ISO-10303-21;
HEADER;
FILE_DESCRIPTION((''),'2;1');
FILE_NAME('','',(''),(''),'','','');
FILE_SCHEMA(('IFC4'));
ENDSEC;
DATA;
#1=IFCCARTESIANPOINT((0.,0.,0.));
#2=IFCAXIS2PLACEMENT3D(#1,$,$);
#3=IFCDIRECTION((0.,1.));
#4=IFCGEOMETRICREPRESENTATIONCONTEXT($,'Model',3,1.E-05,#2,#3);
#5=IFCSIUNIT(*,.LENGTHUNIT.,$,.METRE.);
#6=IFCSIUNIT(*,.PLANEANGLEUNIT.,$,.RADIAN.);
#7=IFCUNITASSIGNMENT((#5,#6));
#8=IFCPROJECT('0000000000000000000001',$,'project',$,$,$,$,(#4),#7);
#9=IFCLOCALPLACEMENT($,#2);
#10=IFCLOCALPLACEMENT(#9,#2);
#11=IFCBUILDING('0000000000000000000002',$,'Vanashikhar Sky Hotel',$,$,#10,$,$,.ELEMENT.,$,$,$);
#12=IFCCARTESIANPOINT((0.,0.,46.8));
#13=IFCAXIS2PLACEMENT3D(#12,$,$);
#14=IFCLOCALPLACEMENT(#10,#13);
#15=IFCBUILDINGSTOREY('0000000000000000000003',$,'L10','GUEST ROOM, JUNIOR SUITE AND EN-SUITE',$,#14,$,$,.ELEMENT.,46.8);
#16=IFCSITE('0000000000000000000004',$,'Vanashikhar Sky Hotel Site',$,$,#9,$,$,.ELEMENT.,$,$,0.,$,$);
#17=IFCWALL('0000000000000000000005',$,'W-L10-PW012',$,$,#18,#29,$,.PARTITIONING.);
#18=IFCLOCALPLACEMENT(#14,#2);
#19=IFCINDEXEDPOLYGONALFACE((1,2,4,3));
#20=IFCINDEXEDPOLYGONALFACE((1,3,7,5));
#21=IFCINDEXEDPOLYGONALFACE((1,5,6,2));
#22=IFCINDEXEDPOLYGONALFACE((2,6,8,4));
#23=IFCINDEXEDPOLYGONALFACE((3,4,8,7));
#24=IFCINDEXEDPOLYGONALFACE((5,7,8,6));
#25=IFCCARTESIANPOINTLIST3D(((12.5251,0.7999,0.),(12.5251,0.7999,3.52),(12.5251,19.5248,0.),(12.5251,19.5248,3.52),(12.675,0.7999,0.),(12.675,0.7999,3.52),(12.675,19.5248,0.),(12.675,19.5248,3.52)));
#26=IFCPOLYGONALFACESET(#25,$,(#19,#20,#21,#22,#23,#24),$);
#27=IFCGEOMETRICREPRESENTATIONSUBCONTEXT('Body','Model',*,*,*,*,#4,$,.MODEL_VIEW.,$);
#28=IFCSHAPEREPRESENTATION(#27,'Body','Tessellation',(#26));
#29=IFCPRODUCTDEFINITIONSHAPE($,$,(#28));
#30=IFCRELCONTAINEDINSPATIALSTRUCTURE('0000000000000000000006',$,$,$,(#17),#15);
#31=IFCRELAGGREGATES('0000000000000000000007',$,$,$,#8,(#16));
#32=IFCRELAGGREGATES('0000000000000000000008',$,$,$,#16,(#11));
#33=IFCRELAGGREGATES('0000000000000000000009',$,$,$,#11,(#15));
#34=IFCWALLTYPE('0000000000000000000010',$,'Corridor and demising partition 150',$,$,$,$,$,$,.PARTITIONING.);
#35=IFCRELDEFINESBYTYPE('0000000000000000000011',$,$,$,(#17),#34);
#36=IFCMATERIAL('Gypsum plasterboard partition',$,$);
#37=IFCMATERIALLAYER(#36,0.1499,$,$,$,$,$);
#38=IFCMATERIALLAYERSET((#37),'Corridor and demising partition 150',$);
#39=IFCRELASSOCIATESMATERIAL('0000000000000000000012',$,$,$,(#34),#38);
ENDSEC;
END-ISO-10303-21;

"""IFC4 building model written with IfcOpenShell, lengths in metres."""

from ifc_helpers import new_model, si_unit, direction, frame, frame_2d, origin, place, context, subcontext, project, spatial, rectangle, extrude, source, transform, mapped, material, layer, layer_set, type_object, element, save


model = new_model("IFC4")

# Units and contexts
model_context = context("Model", 3, precision=1e-05, world=origin(), true_north=direction((0.0, 1.0)))
body_context = subcontext(model_context, "Body", "Model", "MODEL_VIEW")
ifc_project = project(units=[si_unit("LENGTHUNIT", "METRE"), si_unit("PLANEANGLEUNIT", "RADIAN")], contexts=[model_context])

# Site, building, storey
site_placement = place(None, origin())
site = spatial("IfcSite", under=ifc_project, at=site_placement, Name="Vanashikhar Sky Hotel Site", CompositionType="ELEMENT", RefElevation=0.0)
building_placement = place(site_placement, origin())
building = spatial("IfcBuilding", under=site, at=building_placement, Name="Vanashikhar Sky Hotel", CompositionType="ELEMENT")
storey_placement = place(building_placement, frame((0.0, 0.0, 46.8)))
storey = spatial("IfcBuildingStorey", under=building, at=storey_placement, Name="L10", Description="GUEST ROOM, JUNIOR SUITE AND EN-SUITE", CompositionType="ELEMENT", Elevation=46.8)

# Shared definitions
ifc_material_1 = material(Name="Gypsum plasterboard partition")

# Wall
ifc_layer_1 = layer(ifc_material_1, 0.1499)
ifc_layer_set_1 = layer_set([ifc_layer_1], Name="Corridor and demising partition 150")
wall_type_1 = type_object("IfcWallType", Name="Corridor and demising partition 150", PredefinedType="PARTITIONING", material=ifc_layer_set_1)
shared_shape_1 = source(origin(), body_context, "Body", "SweptSolid", [
    extrude(rectangle(XDim=18.7249, YDim=0.1499, at=frame_2d((9.3623, 0.0))), origin(), (0.0, 0.0, 1.0), 3.52),
])
wall_1_placement = place(storey_placement, frame((12.6001, 0.8, 0.0), z_axis=(0.0, 0.0, 1.0), x_axis=(0.0, 1.0, 0.0)))
element("IfcWall", 1, at=wall_1_placement, inside=storey, type_object=wall_type_1, Name="W-L10-PW012", PredefinedType="PARTITIONING", context=body_context, shape_type="MappedRepresentation", body=[
    mapped(shared_shape_1, transform((0.0, 0.0, 0.0), scale=1.0)),
])

save(model, "model.ifc")
